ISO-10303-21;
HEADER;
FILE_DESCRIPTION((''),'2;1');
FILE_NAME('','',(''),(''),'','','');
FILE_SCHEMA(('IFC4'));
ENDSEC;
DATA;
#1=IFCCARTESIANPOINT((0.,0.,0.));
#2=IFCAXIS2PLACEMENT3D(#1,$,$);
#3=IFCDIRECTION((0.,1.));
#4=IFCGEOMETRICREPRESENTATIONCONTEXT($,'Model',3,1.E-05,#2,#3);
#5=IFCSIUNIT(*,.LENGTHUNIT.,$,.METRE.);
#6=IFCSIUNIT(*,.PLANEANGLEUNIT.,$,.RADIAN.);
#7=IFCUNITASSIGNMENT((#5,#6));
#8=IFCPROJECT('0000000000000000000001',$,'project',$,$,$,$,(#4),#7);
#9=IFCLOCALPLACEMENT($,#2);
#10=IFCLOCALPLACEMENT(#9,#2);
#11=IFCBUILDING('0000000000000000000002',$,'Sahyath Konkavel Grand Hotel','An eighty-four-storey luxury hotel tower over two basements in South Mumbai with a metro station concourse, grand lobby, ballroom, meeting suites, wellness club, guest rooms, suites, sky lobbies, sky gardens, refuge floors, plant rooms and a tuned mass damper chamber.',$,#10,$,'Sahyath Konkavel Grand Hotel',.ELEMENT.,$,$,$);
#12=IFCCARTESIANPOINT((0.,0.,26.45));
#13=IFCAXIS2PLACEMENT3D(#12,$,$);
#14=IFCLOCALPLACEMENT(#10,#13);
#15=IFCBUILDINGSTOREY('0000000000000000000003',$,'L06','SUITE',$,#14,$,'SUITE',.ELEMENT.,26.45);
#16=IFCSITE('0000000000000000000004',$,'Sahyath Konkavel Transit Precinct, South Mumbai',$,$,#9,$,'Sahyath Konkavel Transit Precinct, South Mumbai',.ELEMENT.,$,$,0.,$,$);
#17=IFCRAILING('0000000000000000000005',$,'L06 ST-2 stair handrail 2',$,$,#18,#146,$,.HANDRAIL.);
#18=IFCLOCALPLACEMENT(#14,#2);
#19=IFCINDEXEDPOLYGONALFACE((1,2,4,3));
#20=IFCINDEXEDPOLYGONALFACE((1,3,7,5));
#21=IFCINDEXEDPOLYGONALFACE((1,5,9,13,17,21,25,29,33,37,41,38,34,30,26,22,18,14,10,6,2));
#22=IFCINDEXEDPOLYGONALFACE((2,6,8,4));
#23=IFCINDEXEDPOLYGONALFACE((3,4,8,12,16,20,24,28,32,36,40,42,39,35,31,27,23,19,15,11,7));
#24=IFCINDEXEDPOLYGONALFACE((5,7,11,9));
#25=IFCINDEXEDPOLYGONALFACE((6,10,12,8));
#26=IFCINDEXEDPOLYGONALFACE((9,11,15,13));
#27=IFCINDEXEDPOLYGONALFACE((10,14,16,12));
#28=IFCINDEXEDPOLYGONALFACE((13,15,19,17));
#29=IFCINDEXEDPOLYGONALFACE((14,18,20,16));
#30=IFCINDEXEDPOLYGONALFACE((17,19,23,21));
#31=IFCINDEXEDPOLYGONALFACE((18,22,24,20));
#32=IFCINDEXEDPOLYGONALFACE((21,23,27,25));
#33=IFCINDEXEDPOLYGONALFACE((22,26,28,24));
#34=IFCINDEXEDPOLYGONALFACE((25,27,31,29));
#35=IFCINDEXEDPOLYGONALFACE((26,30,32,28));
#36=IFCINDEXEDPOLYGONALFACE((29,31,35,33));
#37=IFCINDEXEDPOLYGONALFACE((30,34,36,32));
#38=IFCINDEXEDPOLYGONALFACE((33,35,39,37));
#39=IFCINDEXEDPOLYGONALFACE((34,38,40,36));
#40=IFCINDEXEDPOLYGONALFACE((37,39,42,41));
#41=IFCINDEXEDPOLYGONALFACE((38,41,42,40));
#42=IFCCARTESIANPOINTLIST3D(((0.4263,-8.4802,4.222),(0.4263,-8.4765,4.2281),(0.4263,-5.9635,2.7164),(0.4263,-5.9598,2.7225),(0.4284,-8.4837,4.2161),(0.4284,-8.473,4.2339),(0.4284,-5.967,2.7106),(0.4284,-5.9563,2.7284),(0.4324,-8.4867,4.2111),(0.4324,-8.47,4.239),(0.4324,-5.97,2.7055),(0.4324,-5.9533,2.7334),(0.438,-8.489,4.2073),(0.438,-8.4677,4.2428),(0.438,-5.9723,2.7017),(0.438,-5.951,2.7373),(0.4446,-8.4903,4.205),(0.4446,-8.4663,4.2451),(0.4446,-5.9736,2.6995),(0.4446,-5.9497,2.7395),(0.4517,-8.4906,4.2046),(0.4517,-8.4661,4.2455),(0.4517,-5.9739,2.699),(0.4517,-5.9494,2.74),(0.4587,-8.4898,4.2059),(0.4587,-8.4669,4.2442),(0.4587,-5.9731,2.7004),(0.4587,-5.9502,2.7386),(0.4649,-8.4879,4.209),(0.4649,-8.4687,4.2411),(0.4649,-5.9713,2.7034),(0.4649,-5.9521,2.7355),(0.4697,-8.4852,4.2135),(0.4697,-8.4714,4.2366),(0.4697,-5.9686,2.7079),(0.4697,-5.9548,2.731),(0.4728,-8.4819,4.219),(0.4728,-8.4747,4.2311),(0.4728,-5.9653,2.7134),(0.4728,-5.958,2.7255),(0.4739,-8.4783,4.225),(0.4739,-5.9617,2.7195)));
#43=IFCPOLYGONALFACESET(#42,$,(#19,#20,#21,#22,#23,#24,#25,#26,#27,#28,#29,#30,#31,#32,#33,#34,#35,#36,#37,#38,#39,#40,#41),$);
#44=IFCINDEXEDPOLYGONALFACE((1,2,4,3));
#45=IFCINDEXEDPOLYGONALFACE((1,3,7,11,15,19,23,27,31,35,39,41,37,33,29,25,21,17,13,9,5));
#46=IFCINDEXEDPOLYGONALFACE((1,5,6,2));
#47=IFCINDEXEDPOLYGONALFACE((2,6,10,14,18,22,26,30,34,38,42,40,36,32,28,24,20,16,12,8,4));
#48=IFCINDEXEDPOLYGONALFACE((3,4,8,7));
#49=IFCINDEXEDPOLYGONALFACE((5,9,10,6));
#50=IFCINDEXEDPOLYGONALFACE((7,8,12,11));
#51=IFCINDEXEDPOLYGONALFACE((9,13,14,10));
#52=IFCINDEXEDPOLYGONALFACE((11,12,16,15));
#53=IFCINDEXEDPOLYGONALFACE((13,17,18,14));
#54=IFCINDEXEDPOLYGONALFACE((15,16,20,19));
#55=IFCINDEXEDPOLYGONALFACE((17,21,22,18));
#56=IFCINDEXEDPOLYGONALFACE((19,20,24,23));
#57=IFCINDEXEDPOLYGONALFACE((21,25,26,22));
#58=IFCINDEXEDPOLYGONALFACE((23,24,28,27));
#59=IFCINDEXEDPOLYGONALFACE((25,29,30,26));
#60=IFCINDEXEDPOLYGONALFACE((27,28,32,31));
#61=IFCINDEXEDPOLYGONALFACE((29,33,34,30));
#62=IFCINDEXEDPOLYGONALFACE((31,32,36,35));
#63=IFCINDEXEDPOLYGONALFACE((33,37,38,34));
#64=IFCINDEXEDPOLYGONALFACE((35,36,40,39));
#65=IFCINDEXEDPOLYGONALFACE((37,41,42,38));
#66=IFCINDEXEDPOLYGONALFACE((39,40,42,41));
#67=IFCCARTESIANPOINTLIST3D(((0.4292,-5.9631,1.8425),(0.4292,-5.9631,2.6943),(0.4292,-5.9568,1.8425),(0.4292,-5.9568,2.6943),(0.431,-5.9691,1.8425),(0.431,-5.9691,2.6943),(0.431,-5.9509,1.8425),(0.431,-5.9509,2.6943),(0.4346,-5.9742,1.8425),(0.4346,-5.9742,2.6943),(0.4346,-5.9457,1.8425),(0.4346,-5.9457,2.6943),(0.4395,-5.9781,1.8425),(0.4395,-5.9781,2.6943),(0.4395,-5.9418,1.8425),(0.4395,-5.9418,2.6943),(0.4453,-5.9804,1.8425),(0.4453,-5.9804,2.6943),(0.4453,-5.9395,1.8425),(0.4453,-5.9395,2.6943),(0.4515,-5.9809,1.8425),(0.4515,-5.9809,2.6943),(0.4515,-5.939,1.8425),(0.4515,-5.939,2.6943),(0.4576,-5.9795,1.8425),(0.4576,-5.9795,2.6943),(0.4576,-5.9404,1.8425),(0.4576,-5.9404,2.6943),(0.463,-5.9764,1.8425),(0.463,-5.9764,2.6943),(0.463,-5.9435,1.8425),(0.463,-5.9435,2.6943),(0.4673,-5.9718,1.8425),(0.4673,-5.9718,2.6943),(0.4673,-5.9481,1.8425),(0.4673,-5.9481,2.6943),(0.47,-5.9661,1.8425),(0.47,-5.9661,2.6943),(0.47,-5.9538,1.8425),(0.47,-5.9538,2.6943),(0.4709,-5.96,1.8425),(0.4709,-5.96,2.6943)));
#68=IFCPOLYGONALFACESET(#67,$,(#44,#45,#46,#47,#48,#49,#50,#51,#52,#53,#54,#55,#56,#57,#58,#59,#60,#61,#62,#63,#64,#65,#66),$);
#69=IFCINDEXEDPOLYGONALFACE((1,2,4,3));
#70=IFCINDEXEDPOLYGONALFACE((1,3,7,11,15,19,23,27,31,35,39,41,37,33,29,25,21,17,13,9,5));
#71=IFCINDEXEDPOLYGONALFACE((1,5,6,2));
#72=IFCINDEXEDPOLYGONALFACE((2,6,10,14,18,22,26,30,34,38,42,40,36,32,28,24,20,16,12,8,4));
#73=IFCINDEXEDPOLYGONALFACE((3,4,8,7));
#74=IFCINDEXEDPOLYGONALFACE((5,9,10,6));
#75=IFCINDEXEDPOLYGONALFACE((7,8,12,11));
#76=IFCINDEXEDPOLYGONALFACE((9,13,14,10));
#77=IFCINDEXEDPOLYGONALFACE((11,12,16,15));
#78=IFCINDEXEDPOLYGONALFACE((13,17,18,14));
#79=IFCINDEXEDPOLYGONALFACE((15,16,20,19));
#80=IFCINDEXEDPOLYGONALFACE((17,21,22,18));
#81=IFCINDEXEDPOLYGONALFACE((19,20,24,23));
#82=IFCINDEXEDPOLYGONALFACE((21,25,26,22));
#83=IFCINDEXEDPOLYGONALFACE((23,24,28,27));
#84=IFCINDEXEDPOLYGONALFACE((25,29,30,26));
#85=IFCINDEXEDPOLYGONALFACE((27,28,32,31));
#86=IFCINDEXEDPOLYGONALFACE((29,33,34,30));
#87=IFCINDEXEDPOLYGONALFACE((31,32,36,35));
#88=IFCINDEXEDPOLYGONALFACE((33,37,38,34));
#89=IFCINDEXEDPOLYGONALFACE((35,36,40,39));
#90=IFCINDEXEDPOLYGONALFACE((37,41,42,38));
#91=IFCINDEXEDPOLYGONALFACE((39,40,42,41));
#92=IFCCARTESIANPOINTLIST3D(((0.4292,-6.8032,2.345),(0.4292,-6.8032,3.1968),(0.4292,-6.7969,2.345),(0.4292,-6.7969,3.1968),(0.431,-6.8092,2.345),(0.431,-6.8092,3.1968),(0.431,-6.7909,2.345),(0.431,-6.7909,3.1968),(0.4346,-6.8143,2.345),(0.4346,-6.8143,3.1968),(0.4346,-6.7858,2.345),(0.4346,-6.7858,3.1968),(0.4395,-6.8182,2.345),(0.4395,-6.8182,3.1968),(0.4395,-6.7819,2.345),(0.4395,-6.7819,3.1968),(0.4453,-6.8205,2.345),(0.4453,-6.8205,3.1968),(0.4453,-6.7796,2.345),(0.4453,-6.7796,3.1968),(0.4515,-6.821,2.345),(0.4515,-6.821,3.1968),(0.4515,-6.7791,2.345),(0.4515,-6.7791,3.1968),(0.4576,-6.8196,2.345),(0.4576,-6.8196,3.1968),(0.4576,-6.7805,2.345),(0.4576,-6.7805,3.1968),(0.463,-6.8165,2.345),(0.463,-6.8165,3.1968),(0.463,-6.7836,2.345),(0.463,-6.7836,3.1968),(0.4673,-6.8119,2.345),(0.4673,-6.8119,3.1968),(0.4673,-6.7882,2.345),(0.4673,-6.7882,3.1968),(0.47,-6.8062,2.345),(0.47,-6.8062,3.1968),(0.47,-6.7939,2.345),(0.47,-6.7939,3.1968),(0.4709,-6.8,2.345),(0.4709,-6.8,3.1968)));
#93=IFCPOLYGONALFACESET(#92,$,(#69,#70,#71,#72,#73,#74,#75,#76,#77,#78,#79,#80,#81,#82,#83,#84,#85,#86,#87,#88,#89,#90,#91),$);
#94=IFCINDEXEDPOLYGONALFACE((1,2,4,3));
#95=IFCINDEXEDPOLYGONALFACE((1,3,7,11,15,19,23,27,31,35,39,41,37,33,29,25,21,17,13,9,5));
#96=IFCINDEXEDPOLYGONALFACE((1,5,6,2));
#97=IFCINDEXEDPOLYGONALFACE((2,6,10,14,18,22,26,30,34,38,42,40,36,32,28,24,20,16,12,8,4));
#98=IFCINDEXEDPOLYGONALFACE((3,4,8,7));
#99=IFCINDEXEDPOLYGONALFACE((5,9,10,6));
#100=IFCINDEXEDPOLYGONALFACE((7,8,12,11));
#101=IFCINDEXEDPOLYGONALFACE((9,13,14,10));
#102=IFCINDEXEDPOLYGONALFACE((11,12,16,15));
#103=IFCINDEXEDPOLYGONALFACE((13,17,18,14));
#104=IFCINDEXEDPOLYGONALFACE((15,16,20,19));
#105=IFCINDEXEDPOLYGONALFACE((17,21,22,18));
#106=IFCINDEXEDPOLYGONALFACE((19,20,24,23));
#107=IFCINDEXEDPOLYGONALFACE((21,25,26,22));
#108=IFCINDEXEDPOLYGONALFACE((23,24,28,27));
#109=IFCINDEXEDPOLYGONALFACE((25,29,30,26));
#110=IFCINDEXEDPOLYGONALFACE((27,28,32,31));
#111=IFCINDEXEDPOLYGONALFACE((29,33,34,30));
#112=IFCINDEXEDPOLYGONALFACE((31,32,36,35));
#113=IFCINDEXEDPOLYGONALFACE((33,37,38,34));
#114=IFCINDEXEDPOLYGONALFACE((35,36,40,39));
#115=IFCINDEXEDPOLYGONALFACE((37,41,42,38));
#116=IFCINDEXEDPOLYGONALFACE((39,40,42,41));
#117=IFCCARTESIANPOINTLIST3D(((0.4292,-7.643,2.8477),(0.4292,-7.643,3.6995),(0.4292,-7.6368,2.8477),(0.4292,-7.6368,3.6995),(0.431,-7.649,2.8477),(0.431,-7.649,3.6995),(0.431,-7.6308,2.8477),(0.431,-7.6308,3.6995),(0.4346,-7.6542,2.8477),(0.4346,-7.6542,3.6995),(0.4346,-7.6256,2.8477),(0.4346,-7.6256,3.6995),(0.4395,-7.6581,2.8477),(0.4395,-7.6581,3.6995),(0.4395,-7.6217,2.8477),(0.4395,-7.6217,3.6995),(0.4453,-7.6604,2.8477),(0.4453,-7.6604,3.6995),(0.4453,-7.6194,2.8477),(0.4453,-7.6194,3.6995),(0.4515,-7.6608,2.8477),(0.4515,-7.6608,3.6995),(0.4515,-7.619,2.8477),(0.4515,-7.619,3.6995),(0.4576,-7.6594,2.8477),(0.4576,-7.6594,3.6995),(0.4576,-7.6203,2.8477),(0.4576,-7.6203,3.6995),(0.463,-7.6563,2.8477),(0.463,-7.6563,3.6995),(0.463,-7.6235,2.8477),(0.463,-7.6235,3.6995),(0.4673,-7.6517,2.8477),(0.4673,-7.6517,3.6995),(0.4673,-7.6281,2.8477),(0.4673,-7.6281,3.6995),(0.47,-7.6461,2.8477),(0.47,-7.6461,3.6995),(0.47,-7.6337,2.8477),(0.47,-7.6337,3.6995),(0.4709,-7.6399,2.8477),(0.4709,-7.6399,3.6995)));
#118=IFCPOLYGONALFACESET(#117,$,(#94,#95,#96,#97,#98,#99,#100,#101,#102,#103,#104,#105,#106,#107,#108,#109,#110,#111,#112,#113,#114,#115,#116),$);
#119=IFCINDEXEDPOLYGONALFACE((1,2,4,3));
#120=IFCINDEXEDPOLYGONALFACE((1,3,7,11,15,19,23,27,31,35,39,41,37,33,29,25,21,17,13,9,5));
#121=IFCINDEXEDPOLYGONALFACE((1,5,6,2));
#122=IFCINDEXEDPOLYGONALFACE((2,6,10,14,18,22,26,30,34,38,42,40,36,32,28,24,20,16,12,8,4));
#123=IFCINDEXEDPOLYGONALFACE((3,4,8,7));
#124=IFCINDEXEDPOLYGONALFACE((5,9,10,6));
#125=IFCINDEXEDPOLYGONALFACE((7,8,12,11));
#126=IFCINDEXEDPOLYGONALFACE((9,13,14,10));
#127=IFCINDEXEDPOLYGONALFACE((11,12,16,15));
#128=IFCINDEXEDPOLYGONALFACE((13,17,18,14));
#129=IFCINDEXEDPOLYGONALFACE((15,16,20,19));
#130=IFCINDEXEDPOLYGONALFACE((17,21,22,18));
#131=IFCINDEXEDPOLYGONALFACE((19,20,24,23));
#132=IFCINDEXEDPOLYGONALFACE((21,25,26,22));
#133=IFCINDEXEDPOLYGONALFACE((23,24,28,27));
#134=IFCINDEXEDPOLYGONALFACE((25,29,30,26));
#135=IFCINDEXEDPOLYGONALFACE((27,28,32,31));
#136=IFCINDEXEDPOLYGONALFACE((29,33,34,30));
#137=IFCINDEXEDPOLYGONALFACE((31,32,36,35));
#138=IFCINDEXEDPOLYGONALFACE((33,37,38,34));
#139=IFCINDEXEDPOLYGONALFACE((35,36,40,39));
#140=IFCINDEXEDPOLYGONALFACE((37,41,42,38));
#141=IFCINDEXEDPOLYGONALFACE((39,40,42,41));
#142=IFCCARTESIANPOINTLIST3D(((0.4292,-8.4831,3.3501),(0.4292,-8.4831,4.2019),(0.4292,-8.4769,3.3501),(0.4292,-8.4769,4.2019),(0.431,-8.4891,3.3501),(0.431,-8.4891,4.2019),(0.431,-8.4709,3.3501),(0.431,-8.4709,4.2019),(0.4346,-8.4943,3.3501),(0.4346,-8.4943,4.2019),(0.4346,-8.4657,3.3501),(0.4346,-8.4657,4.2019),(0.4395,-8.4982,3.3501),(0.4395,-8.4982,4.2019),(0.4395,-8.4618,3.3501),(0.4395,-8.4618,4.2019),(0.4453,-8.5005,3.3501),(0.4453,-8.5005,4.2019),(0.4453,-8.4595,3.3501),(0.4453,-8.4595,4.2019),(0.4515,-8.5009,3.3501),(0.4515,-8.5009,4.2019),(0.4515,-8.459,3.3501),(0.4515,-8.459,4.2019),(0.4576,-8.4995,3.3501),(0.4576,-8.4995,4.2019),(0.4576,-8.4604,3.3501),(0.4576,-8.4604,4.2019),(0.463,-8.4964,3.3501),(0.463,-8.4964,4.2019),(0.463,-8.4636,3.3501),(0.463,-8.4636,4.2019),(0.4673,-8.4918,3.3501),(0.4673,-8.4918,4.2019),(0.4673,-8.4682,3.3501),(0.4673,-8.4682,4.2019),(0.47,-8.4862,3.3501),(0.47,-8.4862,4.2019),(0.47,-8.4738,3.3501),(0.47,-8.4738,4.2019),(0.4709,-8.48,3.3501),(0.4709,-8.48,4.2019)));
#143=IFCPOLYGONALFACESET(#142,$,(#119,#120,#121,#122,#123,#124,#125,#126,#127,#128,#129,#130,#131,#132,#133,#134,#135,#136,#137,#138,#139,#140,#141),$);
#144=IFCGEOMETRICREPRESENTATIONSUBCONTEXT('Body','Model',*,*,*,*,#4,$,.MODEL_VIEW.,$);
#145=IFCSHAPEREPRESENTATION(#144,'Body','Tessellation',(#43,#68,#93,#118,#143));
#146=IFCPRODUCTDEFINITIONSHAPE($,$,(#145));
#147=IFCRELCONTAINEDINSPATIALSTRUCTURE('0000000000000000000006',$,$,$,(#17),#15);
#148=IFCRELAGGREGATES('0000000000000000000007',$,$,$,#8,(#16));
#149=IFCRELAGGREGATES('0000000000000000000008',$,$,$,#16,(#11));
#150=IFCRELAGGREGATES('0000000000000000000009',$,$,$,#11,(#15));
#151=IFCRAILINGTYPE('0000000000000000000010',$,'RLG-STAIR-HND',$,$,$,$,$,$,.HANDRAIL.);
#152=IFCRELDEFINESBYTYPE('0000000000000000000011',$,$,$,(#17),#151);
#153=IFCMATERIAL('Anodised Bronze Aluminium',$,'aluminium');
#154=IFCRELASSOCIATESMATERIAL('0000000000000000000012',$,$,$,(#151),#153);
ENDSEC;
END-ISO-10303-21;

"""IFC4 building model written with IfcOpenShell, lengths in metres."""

from ifc_helpers import new_model, si_unit, direction, frame, origin, origin_2d, place, context, subcontext, project, spatial, circle, extrude, material, type_object, element, save


model = new_model("IFC4")

# Units and contexts
model_context = context("Model", 3, precision=1e-05, world=origin(), true_north=direction((0.0, 1.0)))
body_context = subcontext(model_context, "Body", "Model", "MODEL_VIEW")
ifc_project = project(units=[si_unit("LENGTHUNIT", "METRE"), si_unit("PLANEANGLEUNIT", "RADIAN")], contexts=[model_context])

# Site, building, storey
site_placement = place(None, origin())
site = spatial("IfcSite", under=ifc_project, at=site_placement, Name="Sahyath Konkavel Transit Precinct, South Mumbai", LongName="Sahyath Konkavel Transit Precinct, South Mumbai", CompositionType="ELEMENT", RefElevation=0.0)
building_placement = place(site_placement, origin())
building = spatial("IfcBuilding", under=site, at=building_placement, Name="Sahyath Konkavel Grand Hotel", Description="An eighty-four-storey luxury hotel tower over two basements in South Mumbai with a metro station concourse, grand lobby, ballroom, meeting suites, wellness club, guest rooms, suites, sky lobbies, sky gardens, refuge floors, plant rooms and a tuned mass damper chamber.", LongName="Sahyath Konkavel Grand Hotel", CompositionType="ELEMENT")
storey_placement = place(building_placement, frame((0.0, 0.0, 26.45)))
storey = spatial("IfcBuildingStorey", under=building, at=storey_placement, Name="L06", Description="SUITE", LongName="SUITE", CompositionType="ELEMENT", Elevation=26.45)

# Railing
ifc_material_1 = material(Name="Anodised Bronze Aluminium", Category="aluminium")
railing_type_1 = type_object("IfcRailingType", Name="RLG-STAIR-HND", PredefinedType="HANDRAIL", material=ifc_material_1)
railing_1_placement = place(storey_placement, frame((0.45, -5.96, 1.8425)))
element("IfcRailing", 1, at=railing_1_placement, inside=storey, type_object=railing_type_1, Name="L06 ST-2 stair handrail 2", PredefinedType="HANDRAIL", context=body_context, shape_type="SweptSolid", body=[
    extrude(circle(Radius=0.0239, at=origin_2d()), frame((0.0, -0.0017, 0.877), z_axis=(0.0, -0.85816, 0.513383), x_axis=(1.0, 0.0, 0.0)), (0.0, 0.0, 1.0), 2.9326),
    extrude(circle(Radius=0.021, at=origin_2d()), origin(), (0.0, 0.0, 1.0), 0.8518),
    extrude(circle(Radius=0.021, at=origin_2d()), frame((0.0, -0.8401, 0.5024)), (0.0, 0.0, 1.0), 0.8518),
    extrude(circle(Radius=0.021, at=origin_2d()), frame((0.0, -1.6799, 1.0051)), (0.0, 0.0, 1.0), 0.8518),
    extrude(circle(Radius=0.021, at=origin_2d()), frame((0.0, -2.52, 1.5076)), (0.0, 0.0, 1.0), 0.8518),
])

save(model, "model.ifc")
